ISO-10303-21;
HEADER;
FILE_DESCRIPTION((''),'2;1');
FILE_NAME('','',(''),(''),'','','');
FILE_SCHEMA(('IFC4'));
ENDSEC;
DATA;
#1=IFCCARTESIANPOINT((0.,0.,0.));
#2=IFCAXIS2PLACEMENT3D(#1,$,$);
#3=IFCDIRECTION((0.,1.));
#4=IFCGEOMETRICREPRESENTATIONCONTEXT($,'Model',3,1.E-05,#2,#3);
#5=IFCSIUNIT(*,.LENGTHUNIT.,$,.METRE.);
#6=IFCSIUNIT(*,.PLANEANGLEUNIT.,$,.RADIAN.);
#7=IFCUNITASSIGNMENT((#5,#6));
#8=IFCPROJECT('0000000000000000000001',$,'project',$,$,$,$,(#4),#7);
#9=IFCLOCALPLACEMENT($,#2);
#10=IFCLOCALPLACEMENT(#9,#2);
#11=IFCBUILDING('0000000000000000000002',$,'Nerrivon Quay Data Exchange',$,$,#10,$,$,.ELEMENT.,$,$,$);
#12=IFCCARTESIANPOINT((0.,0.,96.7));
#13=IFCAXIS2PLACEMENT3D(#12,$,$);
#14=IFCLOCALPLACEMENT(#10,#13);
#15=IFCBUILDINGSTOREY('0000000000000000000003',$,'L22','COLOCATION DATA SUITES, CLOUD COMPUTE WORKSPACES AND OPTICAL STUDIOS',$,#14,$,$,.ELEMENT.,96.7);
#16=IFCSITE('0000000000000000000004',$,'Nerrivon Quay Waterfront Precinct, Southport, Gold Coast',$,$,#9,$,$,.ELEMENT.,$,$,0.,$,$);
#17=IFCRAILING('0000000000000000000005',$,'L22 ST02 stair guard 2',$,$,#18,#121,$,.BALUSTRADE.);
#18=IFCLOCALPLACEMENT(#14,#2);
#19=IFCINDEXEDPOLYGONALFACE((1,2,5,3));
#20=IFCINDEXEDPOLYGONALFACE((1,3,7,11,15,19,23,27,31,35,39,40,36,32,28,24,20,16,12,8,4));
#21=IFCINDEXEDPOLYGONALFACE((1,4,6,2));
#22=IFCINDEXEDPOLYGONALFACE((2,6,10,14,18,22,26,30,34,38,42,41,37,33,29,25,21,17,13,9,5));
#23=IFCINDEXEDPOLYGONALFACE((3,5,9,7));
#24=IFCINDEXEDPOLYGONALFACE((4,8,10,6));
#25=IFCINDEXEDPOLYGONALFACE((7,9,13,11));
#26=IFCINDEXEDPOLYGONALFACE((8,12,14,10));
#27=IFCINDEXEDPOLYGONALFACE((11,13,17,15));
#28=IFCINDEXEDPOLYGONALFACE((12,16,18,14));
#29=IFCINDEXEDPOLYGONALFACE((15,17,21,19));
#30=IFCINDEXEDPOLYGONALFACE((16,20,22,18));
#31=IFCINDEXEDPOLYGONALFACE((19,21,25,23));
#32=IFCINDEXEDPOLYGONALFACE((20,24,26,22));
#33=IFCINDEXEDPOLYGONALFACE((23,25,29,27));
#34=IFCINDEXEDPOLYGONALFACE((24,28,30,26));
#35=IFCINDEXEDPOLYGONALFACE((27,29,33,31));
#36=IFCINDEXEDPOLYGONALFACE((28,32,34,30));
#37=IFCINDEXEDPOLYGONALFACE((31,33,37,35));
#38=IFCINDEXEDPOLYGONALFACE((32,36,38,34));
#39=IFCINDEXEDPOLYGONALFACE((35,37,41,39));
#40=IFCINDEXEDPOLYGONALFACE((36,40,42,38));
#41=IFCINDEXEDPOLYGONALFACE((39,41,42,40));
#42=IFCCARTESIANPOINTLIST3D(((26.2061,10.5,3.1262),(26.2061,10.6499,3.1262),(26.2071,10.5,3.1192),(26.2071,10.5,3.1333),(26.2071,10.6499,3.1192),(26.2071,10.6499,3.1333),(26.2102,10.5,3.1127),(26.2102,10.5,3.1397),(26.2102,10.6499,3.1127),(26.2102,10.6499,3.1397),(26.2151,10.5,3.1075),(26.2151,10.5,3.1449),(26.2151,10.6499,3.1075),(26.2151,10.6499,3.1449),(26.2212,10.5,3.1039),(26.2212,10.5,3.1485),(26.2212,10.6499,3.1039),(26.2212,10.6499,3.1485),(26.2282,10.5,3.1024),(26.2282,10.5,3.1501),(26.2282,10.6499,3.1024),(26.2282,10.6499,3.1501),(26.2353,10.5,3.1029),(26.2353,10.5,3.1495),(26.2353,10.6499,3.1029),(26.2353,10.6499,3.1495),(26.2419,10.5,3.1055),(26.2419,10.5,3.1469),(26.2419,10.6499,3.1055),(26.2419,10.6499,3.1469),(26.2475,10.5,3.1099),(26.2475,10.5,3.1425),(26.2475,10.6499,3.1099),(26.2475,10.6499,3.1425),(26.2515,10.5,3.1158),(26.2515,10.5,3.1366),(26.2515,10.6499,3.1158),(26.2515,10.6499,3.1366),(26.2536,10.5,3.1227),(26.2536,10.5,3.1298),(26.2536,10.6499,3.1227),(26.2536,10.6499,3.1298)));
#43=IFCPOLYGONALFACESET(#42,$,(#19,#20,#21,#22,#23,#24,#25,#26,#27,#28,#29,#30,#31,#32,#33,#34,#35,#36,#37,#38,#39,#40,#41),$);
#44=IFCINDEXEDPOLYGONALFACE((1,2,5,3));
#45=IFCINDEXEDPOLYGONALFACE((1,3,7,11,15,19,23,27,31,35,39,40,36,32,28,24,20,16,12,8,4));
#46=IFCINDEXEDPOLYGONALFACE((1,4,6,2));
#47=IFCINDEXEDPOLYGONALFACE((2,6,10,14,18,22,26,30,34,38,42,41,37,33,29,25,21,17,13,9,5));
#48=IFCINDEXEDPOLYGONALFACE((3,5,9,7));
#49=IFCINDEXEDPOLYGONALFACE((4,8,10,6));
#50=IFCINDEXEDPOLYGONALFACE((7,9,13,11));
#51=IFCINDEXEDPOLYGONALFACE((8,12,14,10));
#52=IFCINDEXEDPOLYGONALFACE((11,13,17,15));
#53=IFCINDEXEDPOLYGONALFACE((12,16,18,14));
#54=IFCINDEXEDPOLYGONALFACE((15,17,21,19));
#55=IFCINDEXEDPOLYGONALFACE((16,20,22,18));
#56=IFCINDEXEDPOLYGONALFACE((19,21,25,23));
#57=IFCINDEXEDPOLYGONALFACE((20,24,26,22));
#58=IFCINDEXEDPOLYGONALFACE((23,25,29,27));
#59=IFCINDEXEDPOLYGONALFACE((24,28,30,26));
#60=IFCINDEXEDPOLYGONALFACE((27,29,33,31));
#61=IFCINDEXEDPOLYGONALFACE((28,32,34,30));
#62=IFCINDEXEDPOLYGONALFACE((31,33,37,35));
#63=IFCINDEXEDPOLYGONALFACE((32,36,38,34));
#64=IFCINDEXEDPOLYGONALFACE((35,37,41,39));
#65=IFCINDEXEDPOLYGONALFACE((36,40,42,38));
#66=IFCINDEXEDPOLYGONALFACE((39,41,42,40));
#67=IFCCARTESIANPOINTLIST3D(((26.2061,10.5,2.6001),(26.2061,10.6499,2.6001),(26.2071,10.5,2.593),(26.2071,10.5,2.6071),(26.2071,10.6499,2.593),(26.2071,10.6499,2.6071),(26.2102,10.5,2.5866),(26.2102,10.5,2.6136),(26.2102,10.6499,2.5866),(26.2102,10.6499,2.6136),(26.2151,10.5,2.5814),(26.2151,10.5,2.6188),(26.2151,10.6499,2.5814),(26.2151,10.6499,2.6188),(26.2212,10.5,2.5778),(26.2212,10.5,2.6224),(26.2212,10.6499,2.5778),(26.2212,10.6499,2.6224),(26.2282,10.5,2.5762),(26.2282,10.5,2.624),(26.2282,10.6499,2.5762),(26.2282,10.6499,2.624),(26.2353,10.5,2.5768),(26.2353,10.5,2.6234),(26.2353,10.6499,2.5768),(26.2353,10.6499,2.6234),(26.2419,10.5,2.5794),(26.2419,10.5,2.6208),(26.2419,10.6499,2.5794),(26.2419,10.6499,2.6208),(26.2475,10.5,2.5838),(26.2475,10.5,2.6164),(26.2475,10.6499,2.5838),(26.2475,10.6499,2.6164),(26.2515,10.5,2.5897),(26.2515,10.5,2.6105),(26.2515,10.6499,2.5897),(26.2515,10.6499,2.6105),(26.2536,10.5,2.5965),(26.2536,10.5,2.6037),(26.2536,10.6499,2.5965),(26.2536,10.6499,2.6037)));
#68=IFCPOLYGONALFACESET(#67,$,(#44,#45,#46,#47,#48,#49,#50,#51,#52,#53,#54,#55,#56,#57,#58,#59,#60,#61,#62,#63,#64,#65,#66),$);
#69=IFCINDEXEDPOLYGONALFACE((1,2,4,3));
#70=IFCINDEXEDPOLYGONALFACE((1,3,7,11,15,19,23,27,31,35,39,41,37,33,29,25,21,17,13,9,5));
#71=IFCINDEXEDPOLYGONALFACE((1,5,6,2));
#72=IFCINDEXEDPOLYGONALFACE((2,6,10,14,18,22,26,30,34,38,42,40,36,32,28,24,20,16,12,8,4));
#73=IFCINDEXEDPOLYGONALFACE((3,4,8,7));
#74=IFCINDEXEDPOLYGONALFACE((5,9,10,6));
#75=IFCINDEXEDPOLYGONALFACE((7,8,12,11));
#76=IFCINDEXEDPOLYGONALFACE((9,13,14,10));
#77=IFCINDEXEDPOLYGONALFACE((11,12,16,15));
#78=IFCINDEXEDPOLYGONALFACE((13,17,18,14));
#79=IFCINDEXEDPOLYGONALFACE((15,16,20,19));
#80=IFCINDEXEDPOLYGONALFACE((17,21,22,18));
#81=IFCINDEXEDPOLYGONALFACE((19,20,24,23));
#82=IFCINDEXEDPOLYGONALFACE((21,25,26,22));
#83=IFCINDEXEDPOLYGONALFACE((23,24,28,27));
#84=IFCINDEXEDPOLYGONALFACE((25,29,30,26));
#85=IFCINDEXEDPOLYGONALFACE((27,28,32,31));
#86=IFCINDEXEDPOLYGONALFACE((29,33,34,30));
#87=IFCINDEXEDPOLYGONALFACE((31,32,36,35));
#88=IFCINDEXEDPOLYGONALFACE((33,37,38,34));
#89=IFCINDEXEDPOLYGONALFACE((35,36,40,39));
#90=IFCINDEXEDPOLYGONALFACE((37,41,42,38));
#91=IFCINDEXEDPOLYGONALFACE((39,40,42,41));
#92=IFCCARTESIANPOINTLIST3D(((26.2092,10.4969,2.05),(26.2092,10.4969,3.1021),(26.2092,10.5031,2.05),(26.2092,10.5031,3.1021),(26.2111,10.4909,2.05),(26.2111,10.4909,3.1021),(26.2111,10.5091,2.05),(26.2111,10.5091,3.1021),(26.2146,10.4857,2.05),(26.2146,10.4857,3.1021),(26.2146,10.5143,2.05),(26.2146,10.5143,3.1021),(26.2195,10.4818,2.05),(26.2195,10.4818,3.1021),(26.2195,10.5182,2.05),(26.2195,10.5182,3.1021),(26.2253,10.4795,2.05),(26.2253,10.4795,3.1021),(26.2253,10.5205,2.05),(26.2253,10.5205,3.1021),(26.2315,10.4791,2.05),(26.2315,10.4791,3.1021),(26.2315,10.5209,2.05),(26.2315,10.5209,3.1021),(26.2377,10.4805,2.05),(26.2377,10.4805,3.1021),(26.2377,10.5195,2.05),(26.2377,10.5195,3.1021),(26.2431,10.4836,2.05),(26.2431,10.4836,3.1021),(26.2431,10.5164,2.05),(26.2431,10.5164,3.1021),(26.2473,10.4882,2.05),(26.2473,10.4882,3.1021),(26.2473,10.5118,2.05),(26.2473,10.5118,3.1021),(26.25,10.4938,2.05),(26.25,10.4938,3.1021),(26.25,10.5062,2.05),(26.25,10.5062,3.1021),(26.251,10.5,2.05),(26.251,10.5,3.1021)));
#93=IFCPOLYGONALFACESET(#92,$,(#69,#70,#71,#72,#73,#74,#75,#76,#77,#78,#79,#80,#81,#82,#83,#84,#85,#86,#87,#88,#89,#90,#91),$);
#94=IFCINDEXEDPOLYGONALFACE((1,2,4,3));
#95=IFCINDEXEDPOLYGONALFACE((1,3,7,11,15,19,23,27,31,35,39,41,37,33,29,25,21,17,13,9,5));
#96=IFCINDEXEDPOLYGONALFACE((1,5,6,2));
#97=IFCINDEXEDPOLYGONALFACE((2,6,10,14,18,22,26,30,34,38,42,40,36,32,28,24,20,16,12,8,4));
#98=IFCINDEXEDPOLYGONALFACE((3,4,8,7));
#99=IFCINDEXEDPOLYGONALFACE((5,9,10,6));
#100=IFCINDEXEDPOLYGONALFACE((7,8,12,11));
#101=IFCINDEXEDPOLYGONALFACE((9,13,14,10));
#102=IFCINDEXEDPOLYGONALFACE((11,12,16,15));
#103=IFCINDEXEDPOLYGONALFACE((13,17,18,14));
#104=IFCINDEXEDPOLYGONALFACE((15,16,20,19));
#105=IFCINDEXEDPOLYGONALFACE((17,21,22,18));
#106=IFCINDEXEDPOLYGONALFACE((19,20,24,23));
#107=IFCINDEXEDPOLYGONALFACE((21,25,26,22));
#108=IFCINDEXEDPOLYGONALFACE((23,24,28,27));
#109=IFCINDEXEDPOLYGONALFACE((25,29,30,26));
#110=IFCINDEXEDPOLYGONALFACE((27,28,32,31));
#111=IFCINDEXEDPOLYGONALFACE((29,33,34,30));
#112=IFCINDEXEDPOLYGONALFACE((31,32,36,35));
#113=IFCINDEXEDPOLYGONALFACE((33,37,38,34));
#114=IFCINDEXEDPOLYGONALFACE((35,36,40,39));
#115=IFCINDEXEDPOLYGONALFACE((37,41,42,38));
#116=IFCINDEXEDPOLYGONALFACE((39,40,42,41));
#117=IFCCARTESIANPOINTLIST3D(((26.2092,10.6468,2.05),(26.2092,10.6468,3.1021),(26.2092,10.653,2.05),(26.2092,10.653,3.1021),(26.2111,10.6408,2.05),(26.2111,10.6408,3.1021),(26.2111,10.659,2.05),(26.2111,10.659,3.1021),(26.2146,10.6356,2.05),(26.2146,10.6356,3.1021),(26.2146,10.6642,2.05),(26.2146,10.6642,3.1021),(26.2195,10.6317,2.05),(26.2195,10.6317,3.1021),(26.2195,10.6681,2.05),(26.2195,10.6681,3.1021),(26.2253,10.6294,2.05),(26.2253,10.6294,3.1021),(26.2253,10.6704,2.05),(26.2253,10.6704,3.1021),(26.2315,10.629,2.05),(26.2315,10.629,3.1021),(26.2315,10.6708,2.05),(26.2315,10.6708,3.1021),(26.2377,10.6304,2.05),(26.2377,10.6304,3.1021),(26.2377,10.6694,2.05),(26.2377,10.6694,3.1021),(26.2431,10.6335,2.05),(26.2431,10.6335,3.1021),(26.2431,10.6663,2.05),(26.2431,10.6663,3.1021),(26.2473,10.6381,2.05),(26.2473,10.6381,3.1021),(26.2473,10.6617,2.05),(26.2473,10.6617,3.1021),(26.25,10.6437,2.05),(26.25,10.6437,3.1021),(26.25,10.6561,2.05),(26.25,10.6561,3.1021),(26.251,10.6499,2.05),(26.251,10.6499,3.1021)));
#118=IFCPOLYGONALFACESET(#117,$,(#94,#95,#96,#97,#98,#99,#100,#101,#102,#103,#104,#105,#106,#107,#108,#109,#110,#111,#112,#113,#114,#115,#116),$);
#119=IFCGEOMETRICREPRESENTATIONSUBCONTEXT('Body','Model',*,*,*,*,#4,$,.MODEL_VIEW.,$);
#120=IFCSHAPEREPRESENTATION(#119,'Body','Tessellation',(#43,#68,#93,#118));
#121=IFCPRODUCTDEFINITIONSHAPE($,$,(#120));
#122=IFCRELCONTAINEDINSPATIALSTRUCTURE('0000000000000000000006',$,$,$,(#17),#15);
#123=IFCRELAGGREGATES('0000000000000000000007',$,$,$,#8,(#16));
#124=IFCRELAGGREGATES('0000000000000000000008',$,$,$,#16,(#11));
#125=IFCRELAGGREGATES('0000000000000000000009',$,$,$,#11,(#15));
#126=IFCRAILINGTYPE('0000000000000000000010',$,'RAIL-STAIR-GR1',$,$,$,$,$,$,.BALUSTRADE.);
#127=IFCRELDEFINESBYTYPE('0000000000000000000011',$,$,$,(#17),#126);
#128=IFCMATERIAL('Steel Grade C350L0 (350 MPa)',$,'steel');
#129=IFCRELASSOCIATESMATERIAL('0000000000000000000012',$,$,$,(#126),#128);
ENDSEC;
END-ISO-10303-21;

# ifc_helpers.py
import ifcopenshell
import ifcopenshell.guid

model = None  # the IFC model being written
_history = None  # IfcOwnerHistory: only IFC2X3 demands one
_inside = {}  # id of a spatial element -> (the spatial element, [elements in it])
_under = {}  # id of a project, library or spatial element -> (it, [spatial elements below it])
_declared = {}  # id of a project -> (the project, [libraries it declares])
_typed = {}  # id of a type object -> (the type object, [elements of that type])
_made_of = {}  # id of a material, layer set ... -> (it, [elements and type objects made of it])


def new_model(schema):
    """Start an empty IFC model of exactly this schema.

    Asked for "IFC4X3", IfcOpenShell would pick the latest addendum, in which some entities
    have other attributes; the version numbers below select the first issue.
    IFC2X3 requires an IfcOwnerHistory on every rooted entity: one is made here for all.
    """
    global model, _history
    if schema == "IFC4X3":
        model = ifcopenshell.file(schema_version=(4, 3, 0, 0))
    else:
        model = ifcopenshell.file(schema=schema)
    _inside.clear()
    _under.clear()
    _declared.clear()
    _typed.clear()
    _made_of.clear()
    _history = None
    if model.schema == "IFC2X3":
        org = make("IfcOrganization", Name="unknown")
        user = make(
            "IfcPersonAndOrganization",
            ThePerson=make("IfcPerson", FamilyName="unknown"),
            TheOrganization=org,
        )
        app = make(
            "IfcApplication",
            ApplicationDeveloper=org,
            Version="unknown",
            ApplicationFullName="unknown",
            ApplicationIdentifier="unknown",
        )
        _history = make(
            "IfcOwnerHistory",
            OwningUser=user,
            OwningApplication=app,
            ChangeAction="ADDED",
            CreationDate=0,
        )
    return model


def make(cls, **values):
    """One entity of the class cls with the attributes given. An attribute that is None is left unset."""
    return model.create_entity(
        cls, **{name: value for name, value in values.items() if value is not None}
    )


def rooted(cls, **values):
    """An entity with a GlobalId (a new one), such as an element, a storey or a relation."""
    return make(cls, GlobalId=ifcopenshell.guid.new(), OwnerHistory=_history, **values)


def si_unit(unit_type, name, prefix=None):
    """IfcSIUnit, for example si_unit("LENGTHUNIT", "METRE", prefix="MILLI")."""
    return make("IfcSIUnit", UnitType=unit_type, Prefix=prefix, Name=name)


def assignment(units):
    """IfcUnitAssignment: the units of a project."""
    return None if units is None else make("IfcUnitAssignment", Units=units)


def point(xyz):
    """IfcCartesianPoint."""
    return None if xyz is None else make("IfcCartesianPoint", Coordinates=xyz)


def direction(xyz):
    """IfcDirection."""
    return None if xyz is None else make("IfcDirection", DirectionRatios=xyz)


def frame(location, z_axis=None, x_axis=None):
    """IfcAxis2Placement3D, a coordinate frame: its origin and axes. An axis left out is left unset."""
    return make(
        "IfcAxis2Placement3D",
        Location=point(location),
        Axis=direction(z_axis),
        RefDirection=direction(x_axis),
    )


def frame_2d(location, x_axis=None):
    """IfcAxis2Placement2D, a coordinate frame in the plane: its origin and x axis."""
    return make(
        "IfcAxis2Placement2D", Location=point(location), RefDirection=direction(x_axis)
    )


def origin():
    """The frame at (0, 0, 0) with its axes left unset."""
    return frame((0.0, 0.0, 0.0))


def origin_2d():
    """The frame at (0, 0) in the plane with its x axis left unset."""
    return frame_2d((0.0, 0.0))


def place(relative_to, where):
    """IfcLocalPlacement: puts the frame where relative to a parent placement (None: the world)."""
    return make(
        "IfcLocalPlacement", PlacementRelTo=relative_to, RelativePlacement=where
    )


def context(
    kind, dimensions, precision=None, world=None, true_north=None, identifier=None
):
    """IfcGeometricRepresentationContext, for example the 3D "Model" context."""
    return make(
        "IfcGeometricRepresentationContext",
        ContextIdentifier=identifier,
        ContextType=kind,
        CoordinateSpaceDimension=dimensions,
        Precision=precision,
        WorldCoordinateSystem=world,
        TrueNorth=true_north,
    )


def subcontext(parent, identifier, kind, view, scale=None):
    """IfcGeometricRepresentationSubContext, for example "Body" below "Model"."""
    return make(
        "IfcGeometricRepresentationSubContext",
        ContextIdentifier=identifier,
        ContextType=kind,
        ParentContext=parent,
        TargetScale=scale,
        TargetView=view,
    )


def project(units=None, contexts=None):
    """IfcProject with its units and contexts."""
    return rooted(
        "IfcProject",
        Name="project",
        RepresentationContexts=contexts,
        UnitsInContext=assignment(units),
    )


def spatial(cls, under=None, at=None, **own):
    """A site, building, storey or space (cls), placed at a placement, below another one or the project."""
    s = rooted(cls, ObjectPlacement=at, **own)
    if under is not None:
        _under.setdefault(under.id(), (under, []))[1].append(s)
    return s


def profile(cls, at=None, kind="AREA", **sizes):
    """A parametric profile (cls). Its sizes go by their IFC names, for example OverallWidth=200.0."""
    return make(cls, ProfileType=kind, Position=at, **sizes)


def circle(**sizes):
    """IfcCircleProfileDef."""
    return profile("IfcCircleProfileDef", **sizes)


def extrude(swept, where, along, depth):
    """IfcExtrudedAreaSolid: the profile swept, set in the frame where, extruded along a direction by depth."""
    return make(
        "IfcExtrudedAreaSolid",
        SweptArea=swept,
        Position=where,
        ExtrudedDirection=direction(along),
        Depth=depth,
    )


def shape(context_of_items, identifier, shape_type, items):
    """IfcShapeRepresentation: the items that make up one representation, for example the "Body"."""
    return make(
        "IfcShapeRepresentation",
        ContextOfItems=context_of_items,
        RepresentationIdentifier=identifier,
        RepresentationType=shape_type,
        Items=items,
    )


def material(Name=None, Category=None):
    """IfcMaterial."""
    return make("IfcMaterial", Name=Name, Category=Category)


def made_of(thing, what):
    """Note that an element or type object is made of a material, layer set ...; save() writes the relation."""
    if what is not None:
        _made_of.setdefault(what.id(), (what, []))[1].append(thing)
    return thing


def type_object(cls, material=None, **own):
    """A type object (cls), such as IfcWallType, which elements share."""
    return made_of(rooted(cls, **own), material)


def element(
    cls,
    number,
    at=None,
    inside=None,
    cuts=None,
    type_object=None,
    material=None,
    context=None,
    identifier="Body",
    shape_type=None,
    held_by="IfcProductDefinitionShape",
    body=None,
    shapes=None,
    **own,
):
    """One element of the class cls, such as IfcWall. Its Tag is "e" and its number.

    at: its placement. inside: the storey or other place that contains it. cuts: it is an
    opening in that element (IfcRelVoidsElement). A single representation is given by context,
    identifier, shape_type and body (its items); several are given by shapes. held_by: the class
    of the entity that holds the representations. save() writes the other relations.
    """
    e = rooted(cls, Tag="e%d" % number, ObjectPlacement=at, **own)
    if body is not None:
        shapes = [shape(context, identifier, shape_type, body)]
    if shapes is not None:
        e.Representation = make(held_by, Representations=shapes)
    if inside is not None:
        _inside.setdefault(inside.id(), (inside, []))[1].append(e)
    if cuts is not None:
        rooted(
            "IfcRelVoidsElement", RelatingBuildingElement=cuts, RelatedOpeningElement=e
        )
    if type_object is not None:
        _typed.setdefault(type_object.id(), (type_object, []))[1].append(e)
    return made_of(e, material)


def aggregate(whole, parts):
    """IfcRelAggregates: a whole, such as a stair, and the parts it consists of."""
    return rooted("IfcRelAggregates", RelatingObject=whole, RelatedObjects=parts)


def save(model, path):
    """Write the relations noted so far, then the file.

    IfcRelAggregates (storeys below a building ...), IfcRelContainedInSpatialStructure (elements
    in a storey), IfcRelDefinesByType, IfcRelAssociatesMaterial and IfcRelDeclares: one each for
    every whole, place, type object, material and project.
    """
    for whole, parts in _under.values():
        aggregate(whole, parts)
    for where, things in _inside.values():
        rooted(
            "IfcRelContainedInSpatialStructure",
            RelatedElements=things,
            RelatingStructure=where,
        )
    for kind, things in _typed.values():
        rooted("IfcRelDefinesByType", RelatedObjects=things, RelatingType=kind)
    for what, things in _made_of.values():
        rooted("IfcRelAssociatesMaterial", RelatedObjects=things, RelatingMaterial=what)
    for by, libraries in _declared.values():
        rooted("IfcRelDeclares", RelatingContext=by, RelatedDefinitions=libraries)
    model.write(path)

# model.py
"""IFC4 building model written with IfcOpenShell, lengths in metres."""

from ifc_helpers import new_model, si_unit, direction, frame, origin, origin_2d, place, context, subcontext, project, spatial, circle, extrude, material, type_object, element, save


model = new_model("IFC4")

# Units and contexts
model_context = context("Model", 3, precision=1e-05, world=origin(), true_north=direction((0.0, 1.0)))
body_context = subcontext(model_context, "Body", "Model", "MODEL_VIEW")
ifc_project = project(units=[si_unit("LENGTHUNIT", "METRE"), si_unit("PLANEANGLEUNIT", "RADIAN")], contexts=[model_context])

# Site, building, storey
site_placement = place(None, origin())
site = spatial("IfcSite", under=ifc_project, at=site_placement, Name="Nerrivon Quay Waterfront Precinct, Southport, Gold Coast", CompositionType="ELEMENT", RefElevation=0.0)
building_placement = place(site_placement, origin())
building = spatial("IfcBuilding", under=site, at=building_placement, Name="Nerrivon Quay Data Exchange", CompositionType="ELEMENT")
storey_placement = place(building_placement, frame((0.0, 0.0, 96.7)))
storey = spatial("IfcBuildingStorey", under=building, at=storey_placement, Name="L22", Description="COLOCATION DATA SUITES, CLOUD COMPUTE WORKSPACES AND OPTICAL STUDIOS", CompositionType="ELEMENT", Elevation=96.7)

# Railing
ifc_material_1 = material(Name="Steel Grade C350L0 (350 MPa)", Category="steel")
railing_type_1 = type_object("IfcRailingType", Name="RAIL-STAIR-GR1", PredefinedType="BALUSTRADE", material=ifc_material_1)
railing_1_placement = place(storey_placement, frame((26.23, 10.5, 2.05)))
element("IfcRailing", 1, at=railing_1_placement, inside=storey, type_object=railing_type_1, Name="L22 ST02 stair guard 2", PredefinedType="BALUSTRADE", context=body_context, shape_type="SweptSolid", body=[
    extrude(circle(Radius=0.0239, at=origin_2d()), frame((0.0, 0.0, 1.0762), z_axis=(0.0, 1.0, 0.0), x_axis=(-1.0, 0.0, 0.0)), (0.0, 0.0, 1.0), 0.1499),
    extrude(circle(Radius=0.0239, at=origin_2d()), frame((0.0, 0.0, 0.55), z_axis=(0.0, 1.0, 0.0), x_axis=(-1.0, 0.0, 0.0)), (0.0, 0.0, 1.0), 0.1499),
    extrude(circle(Radius=0.021, at=origin_2d()), origin(), (0.0, 0.0, 1.0), 1.052),
    extrude(circle(Radius=0.021, at=origin_2d()), frame((0.0, 0.1499, 0.0)), (0.0, 0.0, 1.0), 1.052),
])

save(model, "model.ifc")
